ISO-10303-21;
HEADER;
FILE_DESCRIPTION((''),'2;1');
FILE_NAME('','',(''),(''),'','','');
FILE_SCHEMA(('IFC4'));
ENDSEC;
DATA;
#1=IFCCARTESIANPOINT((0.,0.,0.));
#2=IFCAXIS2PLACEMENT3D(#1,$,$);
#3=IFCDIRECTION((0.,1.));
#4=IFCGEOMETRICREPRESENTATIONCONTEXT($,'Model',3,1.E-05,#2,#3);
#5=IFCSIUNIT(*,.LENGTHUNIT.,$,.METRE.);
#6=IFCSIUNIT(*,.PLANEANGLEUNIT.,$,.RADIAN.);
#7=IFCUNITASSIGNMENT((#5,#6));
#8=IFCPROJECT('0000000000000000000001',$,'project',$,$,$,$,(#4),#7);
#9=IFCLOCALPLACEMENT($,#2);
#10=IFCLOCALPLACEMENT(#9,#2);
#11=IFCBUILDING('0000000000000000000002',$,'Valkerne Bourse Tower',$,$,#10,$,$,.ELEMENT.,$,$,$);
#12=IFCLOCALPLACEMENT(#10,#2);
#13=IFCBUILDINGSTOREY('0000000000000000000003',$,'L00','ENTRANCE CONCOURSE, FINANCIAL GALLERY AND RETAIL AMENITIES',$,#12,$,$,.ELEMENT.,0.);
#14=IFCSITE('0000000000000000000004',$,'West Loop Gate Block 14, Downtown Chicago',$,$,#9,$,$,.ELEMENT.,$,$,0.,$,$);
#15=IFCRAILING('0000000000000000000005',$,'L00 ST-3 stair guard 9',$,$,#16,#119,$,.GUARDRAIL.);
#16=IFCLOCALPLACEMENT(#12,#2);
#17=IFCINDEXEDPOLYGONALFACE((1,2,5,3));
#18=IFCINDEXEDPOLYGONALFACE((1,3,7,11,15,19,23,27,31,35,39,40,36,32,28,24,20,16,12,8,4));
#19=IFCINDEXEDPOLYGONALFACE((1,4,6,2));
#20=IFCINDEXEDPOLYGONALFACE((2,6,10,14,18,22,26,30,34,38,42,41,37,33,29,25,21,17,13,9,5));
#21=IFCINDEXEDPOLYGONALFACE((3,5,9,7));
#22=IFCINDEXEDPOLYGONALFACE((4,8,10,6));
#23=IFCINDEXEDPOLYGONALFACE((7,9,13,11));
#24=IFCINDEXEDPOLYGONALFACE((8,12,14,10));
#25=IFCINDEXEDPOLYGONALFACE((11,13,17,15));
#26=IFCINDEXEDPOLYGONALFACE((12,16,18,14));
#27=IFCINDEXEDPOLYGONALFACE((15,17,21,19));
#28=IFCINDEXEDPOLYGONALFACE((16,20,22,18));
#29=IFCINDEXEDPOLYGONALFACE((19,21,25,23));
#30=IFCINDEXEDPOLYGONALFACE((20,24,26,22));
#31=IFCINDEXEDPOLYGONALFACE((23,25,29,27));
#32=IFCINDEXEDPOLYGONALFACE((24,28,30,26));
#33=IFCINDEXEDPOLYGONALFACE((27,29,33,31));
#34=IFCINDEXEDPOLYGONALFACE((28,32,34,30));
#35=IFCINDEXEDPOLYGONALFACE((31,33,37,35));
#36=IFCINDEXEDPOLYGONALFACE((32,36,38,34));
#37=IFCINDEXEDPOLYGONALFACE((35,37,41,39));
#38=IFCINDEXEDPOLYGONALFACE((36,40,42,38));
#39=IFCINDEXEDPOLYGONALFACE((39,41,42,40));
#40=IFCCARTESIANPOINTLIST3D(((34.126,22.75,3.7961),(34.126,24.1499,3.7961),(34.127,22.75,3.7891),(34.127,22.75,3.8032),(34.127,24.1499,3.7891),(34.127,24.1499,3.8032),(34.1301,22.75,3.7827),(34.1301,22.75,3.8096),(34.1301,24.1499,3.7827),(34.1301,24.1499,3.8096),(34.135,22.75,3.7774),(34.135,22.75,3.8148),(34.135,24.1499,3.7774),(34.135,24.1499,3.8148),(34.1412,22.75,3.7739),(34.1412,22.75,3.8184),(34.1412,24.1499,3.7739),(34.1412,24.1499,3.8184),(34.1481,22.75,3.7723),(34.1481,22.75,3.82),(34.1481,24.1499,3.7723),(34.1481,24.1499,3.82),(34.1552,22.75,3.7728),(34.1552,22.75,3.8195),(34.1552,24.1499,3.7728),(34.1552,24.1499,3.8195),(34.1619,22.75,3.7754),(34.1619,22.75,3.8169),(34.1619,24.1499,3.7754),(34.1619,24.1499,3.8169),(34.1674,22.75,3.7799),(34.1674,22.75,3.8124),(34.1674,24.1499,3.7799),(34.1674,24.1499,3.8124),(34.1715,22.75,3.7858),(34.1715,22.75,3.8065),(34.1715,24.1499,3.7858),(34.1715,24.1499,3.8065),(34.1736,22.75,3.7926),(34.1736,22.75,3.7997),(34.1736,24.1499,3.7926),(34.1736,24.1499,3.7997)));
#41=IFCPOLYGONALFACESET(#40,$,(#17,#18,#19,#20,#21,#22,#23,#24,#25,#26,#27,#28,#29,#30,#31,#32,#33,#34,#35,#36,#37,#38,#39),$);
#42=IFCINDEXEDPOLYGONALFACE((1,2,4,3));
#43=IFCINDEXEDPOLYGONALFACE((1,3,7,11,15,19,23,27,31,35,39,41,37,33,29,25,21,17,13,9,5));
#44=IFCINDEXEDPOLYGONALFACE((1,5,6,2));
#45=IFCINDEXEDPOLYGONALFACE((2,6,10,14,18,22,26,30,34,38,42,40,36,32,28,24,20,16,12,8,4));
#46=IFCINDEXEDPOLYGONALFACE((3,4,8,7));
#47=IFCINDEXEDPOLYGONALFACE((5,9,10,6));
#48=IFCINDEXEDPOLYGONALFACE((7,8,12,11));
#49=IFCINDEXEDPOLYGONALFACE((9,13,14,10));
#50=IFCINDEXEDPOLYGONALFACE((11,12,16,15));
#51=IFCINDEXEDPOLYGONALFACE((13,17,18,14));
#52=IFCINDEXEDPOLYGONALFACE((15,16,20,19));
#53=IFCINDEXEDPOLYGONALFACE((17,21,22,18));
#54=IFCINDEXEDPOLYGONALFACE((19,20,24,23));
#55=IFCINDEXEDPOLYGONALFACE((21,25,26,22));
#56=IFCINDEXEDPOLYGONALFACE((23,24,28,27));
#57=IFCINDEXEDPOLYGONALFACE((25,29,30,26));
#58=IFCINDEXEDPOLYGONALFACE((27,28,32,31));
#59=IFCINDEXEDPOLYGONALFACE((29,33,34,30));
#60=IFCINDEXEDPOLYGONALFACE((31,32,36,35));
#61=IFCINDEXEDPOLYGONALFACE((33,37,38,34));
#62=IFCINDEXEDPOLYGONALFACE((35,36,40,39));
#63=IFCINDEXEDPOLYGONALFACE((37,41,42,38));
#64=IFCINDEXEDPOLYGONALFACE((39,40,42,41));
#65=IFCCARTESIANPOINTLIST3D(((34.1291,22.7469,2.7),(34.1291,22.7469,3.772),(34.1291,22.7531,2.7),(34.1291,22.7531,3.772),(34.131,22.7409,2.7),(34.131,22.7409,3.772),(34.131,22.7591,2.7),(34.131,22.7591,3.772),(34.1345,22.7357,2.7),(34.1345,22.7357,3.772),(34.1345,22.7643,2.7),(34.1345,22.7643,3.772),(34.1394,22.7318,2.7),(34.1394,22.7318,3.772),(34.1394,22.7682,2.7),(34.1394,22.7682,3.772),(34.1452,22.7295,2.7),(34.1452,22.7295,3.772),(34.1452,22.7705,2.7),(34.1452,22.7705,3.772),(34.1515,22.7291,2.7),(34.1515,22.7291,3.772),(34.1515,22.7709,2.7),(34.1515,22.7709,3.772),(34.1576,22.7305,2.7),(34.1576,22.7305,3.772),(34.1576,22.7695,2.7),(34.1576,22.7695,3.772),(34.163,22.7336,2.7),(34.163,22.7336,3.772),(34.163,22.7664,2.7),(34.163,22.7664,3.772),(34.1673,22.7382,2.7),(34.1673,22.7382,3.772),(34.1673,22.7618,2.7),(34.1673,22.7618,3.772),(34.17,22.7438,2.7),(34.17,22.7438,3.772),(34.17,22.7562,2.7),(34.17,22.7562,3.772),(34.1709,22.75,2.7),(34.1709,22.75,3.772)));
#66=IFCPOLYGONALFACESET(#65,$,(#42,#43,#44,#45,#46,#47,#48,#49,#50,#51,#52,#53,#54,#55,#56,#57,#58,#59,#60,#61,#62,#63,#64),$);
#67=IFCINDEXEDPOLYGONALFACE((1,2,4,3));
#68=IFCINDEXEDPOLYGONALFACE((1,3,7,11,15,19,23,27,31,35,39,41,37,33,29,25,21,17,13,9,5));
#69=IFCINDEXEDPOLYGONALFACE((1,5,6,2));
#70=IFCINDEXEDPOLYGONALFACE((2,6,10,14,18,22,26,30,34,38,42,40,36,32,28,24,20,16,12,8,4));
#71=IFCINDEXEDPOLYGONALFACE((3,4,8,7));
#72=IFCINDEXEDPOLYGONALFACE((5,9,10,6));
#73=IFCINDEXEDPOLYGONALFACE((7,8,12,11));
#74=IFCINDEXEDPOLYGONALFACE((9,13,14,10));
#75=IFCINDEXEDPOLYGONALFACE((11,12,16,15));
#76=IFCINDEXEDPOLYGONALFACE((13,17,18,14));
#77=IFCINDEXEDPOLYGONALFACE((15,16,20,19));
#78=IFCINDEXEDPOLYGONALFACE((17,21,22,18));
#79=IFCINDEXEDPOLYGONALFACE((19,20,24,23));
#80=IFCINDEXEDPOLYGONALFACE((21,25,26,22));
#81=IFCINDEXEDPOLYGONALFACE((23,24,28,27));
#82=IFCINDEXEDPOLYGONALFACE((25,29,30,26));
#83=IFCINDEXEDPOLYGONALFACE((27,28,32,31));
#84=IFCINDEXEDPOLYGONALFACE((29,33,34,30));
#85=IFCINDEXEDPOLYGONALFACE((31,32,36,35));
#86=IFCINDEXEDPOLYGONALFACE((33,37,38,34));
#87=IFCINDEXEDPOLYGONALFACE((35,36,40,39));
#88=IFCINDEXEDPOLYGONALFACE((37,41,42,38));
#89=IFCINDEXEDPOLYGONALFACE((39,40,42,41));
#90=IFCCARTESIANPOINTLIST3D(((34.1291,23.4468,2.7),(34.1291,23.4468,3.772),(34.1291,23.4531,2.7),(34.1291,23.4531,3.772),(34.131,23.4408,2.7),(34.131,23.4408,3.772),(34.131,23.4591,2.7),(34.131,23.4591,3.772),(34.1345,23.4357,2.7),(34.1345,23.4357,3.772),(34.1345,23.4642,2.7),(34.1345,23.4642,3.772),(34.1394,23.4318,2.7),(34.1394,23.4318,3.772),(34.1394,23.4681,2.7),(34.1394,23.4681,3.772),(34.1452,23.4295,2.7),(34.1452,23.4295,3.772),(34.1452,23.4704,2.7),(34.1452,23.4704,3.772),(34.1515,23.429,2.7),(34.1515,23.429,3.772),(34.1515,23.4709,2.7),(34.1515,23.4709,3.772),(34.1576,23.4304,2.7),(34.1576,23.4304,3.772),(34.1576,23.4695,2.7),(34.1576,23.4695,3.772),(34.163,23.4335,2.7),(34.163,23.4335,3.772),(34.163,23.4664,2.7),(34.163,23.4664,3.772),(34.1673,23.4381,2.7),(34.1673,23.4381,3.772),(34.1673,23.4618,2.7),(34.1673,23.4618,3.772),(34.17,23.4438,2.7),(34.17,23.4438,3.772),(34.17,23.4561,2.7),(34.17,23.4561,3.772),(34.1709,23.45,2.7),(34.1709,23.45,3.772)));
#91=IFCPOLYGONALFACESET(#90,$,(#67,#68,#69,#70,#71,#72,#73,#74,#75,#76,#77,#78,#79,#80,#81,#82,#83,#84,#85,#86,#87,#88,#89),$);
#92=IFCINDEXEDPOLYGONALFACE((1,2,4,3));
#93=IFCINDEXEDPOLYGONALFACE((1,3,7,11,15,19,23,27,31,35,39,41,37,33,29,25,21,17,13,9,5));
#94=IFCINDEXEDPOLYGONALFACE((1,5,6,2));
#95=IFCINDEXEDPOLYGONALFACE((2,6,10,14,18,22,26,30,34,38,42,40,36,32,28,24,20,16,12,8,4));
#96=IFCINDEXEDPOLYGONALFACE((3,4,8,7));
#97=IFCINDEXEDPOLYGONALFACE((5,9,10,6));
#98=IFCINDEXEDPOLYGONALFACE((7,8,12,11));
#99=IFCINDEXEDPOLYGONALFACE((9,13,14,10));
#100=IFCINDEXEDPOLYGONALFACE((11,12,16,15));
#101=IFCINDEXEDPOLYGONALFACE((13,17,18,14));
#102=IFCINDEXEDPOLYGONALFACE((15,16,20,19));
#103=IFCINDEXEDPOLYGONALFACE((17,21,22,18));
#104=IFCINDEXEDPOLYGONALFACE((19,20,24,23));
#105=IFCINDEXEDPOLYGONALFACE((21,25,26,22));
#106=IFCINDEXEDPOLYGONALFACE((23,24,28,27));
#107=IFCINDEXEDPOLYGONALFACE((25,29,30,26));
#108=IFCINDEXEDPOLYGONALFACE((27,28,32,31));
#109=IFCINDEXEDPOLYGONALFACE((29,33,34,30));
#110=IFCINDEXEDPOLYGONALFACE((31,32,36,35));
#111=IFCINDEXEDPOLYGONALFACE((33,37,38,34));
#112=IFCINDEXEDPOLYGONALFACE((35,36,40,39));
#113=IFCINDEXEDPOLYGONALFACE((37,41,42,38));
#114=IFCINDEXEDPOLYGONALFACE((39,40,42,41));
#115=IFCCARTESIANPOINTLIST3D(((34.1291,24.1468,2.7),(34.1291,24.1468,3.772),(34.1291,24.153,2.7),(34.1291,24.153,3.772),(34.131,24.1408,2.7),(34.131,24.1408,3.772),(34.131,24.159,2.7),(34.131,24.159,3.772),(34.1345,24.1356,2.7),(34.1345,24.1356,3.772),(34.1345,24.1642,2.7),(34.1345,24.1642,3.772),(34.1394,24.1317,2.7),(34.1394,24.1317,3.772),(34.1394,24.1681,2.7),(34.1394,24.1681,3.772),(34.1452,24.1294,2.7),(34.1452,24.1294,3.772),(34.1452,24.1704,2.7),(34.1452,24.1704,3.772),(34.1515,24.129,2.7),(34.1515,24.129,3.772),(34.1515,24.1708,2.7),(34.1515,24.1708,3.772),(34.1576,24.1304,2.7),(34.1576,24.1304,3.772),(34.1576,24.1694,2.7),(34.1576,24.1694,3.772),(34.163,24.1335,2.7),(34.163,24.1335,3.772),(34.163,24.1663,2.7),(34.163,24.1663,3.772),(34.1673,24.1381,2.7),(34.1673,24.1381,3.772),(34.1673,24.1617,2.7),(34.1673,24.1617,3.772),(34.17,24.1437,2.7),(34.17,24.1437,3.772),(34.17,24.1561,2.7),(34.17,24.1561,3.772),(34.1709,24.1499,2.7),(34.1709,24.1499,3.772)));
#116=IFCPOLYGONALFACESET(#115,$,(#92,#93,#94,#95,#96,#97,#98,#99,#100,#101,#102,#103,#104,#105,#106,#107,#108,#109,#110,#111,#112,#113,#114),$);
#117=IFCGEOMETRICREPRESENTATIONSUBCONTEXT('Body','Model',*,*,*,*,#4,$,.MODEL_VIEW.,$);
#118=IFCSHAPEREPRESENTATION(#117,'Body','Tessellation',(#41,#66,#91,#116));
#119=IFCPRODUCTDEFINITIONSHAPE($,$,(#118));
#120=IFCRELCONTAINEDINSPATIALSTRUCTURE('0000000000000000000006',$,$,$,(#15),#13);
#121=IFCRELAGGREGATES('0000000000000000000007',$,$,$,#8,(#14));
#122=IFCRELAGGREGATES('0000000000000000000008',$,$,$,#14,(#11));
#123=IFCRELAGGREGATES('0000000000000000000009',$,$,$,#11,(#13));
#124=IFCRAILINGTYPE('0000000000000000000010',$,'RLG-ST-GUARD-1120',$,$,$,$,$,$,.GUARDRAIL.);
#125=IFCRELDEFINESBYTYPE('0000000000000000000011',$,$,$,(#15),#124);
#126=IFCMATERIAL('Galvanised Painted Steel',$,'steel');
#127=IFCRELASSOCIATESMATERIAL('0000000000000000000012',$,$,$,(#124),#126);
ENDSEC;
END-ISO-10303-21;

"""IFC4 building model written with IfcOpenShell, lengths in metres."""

from ifc_helpers import new_model, si_unit, direction, frame, origin, origin_2d, place, context, subcontext, project, spatial, circle, extrude, material, type_object, element, save


model = new_model("IFC4")

# Units and contexts
model_context = context("Model", 3, precision=1e-05, world=origin(), true_north=direction((0.0, 1.0)))
body_context = subcontext(model_context, "Body", "Model", "MODEL_VIEW")
ifc_project = project(units=[si_unit("LENGTHUNIT", "METRE"), si_unit("PLANEANGLEUNIT", "RADIAN")], contexts=[model_context])

# Site, building, storey
site_placement = place(None, origin())
site = spatial("IfcSite", under=ifc_project, at=site_placement, Name="West Loop Gate Block 14, Downtown Chicago", CompositionType="ELEMENT", RefElevation=0.0)
building_placement = place(site_placement, origin())
building = spatial("IfcBuilding", under=site, at=building_placement, Name="Valkerne Bourse Tower", CompositionType="ELEMENT")
storey_placement = place(building_placement, origin())
storey = spatial("IfcBuildingStorey", under=building, at=storey_placement, Name="L00", Description="ENTRANCE CONCOURSE, FINANCIAL GALLERY AND RETAIL AMENITIES", CompositionType="ELEMENT", Elevation=0.0)

# Shared definitions
ifc_material_1 = material(Name="Galvanised Painted Steel", Category="steel")

# Railing
railing_type_1 = type_object("IfcRailingType", Name="RLG-ST-GUARD-1120", PredefinedType="GUARDRAIL", material=ifc_material_1)
for number, where, name in (
    (1, (34.1499, 22.75, 2.7), "L00 ST-3 stair guard 9"),
):
    element("IfcRailing", number, at=place(storey_placement, frame(where)), inside=storey, type_object=railing_type_1, Name=name, PredefinedType="GUARDRAIL", context=body_context, shape_type="SweptSolid", body=[
        extrude(circle(Radius=0.0239, at=origin_2d()), frame((0.0, 0.0, 1.0962), z_axis=(0.0, 1.0, 0.0), x_axis=(-1.0, 0.0, 0.0)), (0.0, 0.0, 1.0), 1.3999),
        extrude(circle(Radius=0.021, at=origin_2d()), origin(), (0.0, 0.0, 1.0), 1.072),
        extrude(circle(Radius=0.021, at=origin_2d()), frame((0.0, 0.7, 0.0)), (0.0, 0.0, 1.0), 1.072),
        extrude(circle(Radius=0.021, at=origin_2d()), frame((0.0, 1.3999, 0.0)), (0.0, 0.0, 1.0), 1.072),
    ])

save(model, "model.ifc")
